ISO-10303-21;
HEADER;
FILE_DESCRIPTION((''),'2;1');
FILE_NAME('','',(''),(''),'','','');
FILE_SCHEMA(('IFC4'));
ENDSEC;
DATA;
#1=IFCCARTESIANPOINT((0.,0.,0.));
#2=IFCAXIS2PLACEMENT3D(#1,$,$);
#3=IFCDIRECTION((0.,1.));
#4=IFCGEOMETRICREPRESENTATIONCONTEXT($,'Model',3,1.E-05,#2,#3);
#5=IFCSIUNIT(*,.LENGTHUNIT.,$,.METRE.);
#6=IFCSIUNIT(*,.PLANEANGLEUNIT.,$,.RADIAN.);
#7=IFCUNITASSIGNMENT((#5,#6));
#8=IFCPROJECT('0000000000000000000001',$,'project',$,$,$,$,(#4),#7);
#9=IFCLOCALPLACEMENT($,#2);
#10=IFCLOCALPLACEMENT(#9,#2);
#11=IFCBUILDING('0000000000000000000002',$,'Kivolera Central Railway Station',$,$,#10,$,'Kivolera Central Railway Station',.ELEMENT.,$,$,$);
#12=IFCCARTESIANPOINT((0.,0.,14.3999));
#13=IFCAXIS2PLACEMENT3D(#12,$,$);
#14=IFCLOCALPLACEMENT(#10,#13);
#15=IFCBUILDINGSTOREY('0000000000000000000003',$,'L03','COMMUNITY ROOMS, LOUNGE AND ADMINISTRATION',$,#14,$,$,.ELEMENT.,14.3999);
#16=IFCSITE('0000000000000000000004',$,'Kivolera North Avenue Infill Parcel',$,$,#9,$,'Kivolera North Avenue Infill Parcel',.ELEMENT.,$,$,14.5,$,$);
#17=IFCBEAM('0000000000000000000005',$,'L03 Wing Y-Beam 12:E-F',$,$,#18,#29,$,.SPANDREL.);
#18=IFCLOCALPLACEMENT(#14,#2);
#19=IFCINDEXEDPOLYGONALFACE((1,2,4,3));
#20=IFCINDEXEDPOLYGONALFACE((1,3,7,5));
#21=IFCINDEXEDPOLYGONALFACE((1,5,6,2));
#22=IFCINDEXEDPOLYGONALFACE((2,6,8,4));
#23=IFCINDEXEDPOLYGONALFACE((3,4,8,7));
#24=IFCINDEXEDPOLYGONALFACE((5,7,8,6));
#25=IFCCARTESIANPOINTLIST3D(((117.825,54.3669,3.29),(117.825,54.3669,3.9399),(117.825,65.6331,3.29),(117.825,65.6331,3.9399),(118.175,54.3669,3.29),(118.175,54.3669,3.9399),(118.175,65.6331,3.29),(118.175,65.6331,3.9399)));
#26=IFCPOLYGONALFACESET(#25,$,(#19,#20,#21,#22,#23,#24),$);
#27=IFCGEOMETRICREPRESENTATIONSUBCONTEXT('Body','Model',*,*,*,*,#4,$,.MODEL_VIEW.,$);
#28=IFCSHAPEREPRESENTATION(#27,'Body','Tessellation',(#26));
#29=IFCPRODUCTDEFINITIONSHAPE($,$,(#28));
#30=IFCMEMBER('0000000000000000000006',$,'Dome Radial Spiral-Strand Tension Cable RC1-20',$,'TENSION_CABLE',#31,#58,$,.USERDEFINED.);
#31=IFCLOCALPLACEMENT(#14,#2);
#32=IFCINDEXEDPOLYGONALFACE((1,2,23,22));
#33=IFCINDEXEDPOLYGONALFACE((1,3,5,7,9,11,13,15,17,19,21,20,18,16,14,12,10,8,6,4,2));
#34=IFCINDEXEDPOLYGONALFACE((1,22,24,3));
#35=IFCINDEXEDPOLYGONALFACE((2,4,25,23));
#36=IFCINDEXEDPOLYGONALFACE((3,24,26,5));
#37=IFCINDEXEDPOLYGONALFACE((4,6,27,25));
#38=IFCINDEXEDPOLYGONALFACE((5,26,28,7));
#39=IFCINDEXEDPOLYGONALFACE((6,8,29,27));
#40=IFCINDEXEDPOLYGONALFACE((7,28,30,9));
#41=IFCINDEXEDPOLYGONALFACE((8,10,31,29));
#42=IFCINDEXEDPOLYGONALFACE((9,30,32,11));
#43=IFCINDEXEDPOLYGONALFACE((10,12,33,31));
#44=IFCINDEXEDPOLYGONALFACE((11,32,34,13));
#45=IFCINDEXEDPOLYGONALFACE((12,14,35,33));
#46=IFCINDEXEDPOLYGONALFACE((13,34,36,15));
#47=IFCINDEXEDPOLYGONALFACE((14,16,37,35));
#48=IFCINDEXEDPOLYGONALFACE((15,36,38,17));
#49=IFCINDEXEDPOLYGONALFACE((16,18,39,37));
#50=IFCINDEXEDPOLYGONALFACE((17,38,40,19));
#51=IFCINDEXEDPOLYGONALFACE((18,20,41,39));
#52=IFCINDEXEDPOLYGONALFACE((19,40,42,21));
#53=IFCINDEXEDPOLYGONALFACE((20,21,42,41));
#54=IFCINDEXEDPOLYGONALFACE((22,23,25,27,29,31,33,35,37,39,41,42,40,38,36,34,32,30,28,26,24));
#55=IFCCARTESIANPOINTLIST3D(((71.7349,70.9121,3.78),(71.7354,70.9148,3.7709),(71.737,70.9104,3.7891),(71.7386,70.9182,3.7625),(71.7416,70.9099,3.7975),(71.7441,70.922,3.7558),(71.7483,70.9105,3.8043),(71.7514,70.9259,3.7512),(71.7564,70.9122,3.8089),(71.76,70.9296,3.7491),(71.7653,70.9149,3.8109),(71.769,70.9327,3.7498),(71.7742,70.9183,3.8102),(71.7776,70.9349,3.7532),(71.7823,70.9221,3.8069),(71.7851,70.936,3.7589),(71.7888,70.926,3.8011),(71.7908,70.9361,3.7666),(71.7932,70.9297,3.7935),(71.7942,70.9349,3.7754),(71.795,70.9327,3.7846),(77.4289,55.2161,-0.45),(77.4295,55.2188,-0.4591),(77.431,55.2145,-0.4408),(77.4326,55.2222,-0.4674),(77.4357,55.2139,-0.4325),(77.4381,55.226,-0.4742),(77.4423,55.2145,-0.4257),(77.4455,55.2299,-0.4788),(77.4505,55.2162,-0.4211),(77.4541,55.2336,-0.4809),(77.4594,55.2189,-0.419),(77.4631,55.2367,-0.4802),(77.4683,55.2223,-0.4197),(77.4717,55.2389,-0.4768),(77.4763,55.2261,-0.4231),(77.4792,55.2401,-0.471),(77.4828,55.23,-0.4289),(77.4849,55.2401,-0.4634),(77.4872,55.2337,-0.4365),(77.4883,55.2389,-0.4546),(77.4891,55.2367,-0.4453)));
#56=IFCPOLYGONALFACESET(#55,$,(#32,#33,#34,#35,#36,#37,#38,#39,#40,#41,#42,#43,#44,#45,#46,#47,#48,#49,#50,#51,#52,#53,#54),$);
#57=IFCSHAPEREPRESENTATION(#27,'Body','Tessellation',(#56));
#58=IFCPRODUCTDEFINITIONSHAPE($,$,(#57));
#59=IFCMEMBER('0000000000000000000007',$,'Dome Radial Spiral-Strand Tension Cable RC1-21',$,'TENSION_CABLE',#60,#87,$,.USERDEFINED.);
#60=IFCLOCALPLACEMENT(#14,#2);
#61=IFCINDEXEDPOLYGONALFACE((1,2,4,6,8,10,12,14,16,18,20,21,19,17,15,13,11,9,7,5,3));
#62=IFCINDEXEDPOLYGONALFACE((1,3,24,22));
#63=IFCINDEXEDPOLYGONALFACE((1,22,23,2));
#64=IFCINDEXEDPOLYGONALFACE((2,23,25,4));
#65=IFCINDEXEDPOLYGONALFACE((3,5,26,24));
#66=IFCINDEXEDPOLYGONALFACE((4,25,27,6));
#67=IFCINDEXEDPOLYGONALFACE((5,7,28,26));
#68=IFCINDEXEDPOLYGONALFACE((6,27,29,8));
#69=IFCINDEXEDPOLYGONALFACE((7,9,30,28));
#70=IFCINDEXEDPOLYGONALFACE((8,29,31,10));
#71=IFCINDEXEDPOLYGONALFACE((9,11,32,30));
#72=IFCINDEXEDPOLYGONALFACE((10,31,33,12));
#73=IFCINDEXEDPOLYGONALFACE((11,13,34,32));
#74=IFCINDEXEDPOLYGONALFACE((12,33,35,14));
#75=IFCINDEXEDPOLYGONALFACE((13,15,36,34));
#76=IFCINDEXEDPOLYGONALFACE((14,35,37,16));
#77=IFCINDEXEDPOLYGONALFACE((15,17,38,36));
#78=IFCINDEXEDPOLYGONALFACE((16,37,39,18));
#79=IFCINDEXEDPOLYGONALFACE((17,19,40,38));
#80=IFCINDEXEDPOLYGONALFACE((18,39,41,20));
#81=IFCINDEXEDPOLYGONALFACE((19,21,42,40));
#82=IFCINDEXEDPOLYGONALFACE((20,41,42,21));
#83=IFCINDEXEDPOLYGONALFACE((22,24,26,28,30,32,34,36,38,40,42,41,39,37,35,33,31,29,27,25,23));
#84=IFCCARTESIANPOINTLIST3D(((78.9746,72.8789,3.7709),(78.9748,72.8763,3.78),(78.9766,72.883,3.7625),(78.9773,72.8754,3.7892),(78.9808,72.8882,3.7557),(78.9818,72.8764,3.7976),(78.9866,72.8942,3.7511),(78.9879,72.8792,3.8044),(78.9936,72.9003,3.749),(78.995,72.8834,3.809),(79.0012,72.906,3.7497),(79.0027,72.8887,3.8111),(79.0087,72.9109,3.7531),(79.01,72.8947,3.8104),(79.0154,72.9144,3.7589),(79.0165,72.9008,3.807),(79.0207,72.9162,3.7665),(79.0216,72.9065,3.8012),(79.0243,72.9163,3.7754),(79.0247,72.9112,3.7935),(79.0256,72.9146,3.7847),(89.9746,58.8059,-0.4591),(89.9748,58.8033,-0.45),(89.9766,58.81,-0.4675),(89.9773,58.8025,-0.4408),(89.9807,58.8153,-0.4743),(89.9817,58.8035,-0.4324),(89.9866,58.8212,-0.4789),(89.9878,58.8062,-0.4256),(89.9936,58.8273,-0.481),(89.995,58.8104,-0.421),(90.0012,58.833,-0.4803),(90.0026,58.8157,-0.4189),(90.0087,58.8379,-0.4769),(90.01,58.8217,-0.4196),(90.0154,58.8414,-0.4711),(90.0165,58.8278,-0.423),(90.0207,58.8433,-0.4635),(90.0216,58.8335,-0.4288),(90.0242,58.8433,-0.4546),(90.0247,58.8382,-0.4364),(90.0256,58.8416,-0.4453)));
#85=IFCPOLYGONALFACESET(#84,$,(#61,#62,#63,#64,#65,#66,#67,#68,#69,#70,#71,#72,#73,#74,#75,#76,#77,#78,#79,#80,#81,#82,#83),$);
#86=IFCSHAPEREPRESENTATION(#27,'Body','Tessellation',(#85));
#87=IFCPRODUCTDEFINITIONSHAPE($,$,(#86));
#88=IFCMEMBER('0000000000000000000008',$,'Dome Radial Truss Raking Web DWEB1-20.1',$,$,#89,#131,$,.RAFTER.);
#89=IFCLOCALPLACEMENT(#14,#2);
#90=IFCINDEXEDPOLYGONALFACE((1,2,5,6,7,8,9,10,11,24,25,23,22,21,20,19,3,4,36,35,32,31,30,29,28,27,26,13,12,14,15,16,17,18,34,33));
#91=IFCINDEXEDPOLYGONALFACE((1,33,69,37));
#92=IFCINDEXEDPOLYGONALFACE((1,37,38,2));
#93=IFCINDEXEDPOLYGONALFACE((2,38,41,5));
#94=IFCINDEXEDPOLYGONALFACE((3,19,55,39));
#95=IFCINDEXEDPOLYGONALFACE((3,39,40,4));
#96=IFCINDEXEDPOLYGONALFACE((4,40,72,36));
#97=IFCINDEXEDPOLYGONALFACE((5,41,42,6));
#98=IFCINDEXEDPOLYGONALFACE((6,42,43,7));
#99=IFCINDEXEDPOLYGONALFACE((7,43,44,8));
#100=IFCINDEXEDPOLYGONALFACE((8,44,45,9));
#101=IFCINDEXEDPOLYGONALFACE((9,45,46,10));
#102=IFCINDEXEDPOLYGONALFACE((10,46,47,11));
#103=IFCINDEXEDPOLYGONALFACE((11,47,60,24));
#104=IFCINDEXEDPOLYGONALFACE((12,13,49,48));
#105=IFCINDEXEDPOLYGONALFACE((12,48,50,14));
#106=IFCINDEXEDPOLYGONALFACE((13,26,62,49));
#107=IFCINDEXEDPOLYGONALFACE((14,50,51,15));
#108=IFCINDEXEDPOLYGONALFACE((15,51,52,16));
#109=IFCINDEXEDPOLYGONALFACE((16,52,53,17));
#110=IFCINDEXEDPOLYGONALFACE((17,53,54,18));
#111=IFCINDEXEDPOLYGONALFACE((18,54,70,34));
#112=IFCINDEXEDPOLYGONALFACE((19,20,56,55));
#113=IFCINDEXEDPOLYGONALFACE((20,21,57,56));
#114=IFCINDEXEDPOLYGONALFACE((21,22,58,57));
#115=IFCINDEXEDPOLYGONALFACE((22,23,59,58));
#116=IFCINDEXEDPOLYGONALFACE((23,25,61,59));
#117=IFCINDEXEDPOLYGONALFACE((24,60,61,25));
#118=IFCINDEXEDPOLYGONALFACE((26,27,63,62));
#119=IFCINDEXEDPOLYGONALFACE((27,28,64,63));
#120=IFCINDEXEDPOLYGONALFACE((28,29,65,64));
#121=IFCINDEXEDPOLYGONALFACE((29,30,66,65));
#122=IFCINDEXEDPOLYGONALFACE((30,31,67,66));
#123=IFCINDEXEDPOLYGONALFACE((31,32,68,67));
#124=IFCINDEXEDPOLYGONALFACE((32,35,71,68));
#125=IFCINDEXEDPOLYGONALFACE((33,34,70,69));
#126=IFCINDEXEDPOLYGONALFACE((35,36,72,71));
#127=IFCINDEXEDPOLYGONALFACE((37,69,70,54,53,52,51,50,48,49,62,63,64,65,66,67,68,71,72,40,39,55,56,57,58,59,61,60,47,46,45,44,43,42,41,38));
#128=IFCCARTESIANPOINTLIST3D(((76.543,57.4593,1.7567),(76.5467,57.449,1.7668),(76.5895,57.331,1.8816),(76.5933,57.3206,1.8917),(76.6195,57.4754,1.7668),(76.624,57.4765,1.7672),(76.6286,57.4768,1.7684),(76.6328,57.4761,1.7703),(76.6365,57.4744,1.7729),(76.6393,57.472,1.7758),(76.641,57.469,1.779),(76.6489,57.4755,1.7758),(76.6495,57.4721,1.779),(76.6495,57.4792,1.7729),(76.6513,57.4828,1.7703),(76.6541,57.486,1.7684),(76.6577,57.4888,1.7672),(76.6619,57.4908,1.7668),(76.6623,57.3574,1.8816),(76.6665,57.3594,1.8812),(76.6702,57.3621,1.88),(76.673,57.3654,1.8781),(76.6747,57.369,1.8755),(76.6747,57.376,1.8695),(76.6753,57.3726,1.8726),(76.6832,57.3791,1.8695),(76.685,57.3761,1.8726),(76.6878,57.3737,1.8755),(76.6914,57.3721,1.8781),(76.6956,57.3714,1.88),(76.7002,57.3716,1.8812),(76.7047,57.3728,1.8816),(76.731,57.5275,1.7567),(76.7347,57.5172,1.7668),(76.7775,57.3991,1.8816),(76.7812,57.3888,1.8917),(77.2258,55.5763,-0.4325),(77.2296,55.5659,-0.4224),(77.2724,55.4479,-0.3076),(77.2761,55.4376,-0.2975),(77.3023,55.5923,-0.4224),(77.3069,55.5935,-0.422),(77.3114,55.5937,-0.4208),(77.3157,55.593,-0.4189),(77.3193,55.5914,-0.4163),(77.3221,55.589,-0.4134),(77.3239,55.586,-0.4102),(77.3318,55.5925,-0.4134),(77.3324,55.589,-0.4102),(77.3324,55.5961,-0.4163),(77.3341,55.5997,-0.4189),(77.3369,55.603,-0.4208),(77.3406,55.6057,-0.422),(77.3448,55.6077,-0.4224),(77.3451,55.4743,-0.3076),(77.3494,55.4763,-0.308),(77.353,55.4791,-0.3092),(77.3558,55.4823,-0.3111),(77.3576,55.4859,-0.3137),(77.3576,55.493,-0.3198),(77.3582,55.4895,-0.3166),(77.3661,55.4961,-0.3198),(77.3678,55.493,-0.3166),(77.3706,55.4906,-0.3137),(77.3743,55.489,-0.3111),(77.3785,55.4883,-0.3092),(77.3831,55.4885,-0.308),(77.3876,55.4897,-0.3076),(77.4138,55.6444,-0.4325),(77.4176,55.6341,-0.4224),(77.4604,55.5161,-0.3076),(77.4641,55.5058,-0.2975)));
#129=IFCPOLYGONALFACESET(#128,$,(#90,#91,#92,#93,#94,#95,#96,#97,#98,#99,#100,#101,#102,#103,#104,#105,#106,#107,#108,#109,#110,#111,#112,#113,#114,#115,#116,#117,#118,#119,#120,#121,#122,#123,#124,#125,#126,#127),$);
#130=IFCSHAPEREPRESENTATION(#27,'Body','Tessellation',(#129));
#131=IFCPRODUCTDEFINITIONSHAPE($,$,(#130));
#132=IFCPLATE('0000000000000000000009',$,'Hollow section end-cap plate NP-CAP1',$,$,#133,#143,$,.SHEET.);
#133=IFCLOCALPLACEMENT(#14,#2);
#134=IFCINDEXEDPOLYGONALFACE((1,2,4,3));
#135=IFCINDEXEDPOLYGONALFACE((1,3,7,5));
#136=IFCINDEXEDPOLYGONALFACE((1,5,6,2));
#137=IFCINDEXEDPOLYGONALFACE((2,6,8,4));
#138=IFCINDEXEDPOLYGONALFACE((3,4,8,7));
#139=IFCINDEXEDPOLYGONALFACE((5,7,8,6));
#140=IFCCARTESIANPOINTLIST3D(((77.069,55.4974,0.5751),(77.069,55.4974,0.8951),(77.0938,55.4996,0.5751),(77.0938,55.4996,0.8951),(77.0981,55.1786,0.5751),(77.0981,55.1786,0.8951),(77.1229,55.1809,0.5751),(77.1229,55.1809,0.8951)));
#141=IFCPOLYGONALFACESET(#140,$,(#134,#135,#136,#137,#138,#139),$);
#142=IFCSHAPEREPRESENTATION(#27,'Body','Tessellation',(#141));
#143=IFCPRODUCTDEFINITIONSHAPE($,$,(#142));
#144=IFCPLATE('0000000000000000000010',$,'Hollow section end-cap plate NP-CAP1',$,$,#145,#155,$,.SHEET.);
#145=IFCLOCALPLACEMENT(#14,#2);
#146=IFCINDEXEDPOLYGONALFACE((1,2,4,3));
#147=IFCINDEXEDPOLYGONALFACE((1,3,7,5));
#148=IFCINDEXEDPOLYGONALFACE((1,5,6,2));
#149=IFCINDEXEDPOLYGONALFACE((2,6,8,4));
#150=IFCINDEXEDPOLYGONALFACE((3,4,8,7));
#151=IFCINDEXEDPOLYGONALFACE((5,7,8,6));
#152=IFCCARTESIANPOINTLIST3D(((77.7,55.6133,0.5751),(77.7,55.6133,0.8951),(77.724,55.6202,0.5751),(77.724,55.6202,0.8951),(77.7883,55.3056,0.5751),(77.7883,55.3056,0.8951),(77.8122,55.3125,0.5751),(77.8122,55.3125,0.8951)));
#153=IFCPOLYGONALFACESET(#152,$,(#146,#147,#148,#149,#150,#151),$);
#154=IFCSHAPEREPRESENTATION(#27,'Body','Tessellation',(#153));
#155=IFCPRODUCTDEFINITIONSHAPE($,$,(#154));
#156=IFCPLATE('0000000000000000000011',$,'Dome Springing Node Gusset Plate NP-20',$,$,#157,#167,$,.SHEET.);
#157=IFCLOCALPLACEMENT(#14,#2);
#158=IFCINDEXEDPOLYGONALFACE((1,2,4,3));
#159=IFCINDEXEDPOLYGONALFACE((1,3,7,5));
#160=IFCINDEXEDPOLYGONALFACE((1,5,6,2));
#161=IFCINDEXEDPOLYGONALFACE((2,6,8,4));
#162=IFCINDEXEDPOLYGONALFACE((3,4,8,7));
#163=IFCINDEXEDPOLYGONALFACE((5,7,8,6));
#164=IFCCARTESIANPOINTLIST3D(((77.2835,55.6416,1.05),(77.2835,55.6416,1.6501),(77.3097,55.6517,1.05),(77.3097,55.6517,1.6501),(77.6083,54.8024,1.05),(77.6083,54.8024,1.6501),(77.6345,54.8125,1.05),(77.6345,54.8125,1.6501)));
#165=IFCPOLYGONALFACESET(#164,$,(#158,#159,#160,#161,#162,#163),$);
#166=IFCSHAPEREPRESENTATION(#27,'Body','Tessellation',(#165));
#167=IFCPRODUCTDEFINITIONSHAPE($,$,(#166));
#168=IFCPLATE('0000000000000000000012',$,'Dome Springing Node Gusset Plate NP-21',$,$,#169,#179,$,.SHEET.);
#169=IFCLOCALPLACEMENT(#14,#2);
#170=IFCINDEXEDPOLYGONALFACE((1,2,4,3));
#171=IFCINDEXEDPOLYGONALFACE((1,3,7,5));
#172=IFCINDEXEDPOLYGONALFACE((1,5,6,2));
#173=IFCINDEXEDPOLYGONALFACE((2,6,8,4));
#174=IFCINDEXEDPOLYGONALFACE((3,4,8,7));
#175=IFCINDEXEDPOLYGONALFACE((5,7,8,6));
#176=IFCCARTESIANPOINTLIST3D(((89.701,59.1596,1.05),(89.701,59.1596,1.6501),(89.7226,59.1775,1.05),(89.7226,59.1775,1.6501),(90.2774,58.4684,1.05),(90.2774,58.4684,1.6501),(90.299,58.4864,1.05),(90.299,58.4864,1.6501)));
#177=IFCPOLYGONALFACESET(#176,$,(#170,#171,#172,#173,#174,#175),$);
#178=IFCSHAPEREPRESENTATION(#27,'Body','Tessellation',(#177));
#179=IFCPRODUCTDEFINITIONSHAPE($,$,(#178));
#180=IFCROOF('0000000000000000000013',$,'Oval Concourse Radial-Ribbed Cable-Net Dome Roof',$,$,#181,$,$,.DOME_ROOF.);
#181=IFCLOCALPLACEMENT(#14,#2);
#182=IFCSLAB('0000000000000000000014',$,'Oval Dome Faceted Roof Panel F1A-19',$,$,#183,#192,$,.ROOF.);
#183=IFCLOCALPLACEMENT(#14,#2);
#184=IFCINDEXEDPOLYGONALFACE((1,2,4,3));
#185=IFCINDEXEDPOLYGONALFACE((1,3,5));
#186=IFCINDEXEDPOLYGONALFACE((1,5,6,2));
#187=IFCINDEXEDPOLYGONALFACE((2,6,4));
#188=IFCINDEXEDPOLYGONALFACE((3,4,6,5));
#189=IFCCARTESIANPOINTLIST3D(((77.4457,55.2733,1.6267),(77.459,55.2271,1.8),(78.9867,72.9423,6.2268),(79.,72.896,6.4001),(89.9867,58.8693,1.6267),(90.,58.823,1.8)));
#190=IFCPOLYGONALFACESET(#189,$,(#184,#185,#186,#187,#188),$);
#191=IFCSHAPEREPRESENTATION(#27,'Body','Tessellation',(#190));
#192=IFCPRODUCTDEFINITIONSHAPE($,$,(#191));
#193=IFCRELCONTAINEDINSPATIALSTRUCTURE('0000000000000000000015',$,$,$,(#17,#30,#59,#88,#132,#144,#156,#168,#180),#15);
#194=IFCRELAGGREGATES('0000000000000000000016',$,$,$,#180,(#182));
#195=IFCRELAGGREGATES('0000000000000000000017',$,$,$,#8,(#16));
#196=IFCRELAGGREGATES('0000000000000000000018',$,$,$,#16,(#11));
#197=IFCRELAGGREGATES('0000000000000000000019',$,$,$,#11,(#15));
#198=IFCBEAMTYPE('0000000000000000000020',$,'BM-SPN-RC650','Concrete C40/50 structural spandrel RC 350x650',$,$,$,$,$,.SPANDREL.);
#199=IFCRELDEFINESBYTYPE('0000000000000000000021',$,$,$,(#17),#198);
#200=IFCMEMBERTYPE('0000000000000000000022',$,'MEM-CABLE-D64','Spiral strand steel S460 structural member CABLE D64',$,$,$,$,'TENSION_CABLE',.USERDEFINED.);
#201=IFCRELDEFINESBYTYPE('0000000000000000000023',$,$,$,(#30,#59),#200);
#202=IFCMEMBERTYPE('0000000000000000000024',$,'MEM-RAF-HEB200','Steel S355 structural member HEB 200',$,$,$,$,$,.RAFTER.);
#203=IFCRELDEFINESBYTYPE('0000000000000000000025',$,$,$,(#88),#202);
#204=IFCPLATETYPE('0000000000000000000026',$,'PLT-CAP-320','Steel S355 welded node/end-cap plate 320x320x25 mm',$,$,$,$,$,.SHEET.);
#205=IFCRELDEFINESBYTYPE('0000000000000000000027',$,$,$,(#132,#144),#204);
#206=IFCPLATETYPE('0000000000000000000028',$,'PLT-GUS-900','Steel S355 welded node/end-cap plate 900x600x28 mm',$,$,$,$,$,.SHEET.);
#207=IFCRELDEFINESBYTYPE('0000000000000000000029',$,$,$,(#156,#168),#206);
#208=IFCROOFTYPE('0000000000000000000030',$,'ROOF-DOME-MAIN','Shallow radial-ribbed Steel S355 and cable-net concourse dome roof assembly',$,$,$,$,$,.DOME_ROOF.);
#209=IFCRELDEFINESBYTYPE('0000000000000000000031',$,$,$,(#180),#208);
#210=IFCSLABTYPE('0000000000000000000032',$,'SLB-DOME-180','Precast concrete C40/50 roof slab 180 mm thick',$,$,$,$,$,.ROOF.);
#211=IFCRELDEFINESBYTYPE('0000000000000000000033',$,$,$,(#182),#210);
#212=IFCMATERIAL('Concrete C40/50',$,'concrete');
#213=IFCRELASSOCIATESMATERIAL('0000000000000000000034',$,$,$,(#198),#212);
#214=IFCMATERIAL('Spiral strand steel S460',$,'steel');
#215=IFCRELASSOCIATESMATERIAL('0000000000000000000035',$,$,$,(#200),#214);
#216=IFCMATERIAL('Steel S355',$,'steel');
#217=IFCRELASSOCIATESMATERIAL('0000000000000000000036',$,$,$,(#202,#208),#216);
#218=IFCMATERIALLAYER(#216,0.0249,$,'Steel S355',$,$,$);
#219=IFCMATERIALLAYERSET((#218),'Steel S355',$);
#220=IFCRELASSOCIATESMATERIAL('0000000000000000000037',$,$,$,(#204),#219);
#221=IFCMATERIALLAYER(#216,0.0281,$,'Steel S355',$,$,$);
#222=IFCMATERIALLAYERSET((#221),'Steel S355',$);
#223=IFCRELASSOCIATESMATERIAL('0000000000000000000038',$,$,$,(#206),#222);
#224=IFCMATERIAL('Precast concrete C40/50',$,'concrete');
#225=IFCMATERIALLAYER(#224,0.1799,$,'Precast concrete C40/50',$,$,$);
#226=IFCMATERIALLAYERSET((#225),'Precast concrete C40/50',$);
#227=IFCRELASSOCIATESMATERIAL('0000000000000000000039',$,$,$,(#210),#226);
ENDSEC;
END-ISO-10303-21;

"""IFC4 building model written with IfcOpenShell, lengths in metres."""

from ifc_helpers import new_model, si_unit, direction, frame, origin, origin_2d, place, context, subcontext, project, spatial, polyline, rectangle, circle, i_section, outline, extrude, material, layer, layer_set, material_profile, profile_set, type_object, element, aggregate, save


model = new_model("IFC4")

# Units and contexts
model_context = context("Model", 3, precision=1e-05, world=origin(), true_north=direction((0.0, 1.0)))
body_context = subcontext(model_context, "Body", "Model", "MODEL_VIEW")
ifc_project = project(units=[si_unit("LENGTHUNIT", "METRE"), si_unit("PLANEANGLEUNIT", "RADIAN")], contexts=[model_context])

# Site, building, storey
site_placement = place(None, origin())
site = spatial("IfcSite", under=ifc_project, at=site_placement, Name="Kivolera North Avenue Infill Parcel", LongName="Kivolera North Avenue Infill Parcel", CompositionType="ELEMENT", RefElevation=14.5)
building_placement = place(site_placement, origin())
building = spatial("IfcBuilding", under=site, at=building_placement, Name="Kivolera Central Railway Station", LongName="Kivolera Central Railway Station", CompositionType="ELEMENT")
storey_placement = place(building_placement, frame((0.0, 0.0, 14.3999)))
storey = spatial("IfcBuildingStorey", under=building, at=storey_placement, Name="L03", Description="COMMUNITY ROOMS, LOUNGE AND ADMINISTRATION", CompositionType="ELEMENT", Elevation=14.3999)

# Shared definitions
ifc_material_1 = material(Name="Concrete C40/50", Category="concrete")

# Beam
ifc_material_2 = material(Name="Steel S355", Category="steel")
ifc_material_profile_1 = material_profile(ifc_material_1, rectangle(XDim=0.3501, YDim=0.6499, at=origin_2d()), Name="RC 350x650")
ifc_profile_set_1 = profile_set([ifc_material_profile_1], Name="Concrete C40/50")
beam_type_1 = type_object("IfcBeamType", Name="BM-SPN-RC650", Description="Concrete C40/50 structural spandrel RC 350x650", PredefinedType="SPANDREL", material=ifc_profile_set_1)
beam_1_placement = place(storey_placement, frame((118.0, 54.3669, 3.615), z_axis=(0.0, 1.0, 0.0), x_axis=(-1.0, 0.0, 0.0)))
element("IfcBeam", 1, at=beam_1_placement, inside=storey, type_object=beam_type_1, Name="L03 Wing Y-Beam 12:E-F", PredefinedType="SPANDREL", context=body_context, shape_type="SweptSolid", body=[
    extrude(rectangle(XDim=0.3501, YDim=0.6499, at=origin_2d()), origin(), (0.0, 0.0, 1.0), 11.2661),
])

# Members
ifc_material_3 = material(Name="Spiral strand steel S460", Category="steel")
ifc_material_profile_2 = material_profile(ifc_material_3, circle(Radius=0.032, at=origin_2d()), Name="CABLE D64")
ifc_profile_set_2 = profile_set([ifc_material_profile_2], Name="Spiral strand steel S460")
member_type_1 = type_object("IfcMemberType", Name="MEM-CABLE-D64", Description="Spiral strand steel S460 structural member CABLE D64", ElementType="TENSION_CABLE", PredefinedType="USERDEFINED", material=ifc_profile_set_2)
member_1_placement = place(storey_placement, frame((77.459, 55.2271, -0.45), z_axis=(-0.330582, 0.911266, 0.24558), x_axis=(-0.940054, -0.341026, 0.0)))
element("IfcMember", 2, at=member_1_placement, inside=storey, type_object=member_type_1, Name="Dome Radial Spiral-Strand Tension Cable RC1-20", ObjectType="TENSION_CABLE", PredefinedType="USERDEFINED", context=body_context, shape_type="SweptSolid", body=[
    extrude(circle(Radius=0.032, at=origin_2d()), origin(), (0.0, 0.0, 1.0), 17.2244),
])
member_2_placement = place(storey_placement, frame((90.0, 58.823, -0.45), z_axis=(-0.59926, 0.766671, 0.230442), x_axis=(-0.787876, -0.615834, 0.0)))
element("IfcMember", 3, at=member_2_placement, inside=storey, type_object=member_type_1, Name="Dome Radial Spiral-Strand Tension Cable RC1-21", ObjectType="TENSION_CABLE", PredefinedType="USERDEFINED", context=body_context, shape_type="SweptSolid", body=[
    extrude(circle(Radius=0.032, at=origin_2d()), origin(), (0.0, 0.0, 1.0), 18.356),
])
ifc_material_profile_3 = material_profile(ifc_material_2, i_section(OverallWidth=0.2, OverallDepth=0.2, WebThickness=0.009, FlangeThickness=0.0149, FilletRadius=0.0181, at=origin_2d()), Name="HEB 200")
ifc_profile_set_3 = profile_set([ifc_material_profile_3], Name="Steel S355")
member_type_2 = type_object("IfcMemberType", Name="MEM-RAF-HEB200", Description="Steel S355 structural member HEB 200", PredefinedType="RAFTER", material=ifc_profile_set_3)
member_3_placement = place(storey_placement, frame((77.345, 55.541, -0.365), z_axis=(-0.230129, 0.634604, 0.737779), x_axis=(-0.940096, -0.340911, 0.0)))
element("IfcMember", 4, at=member_3_placement, inside=storey, type_object=member_type_2, Name="Dome Radial Truss Raking Web DWEB1-20.1", PredefinedType="RAFTER", context=body_context, shape_type="SweptSolid", body=[
    extrude(i_section(OverallWidth=0.2, OverallDepth=0.2, WebThickness=0.009, FlangeThickness=0.0149, FilletRadius=0.0181, at=origin_2d()), origin(), (0.0, 0.0, 1.0), 2.9673),
])

# Plates
ifc_layer_1 = layer(ifc_material_2, 0.0249, Name="Steel S355")
ifc_layer_set_1 = layer_set([ifc_layer_1], Name="Steel S355")
plate_type_1 = type_object("IfcPlateType", Name="PLT-CAP-320", Description="Steel S355 welded node/end-cap plate 320x320x25 mm", PredefinedType="SHEET", material=ifc_layer_set_1)
for number, where, z_axis, x_axis, name in (
    (5, (77.0959, 55.3391, 0.7351), (0.995874, 0.090747, 0.0), (-0.090747, 0.995874, 0.0), "Hollow section end-cap plate NP-CAP1"),
    (6, (77.7561, 55.4629, 0.7351), (0.961251, 0.275674, 0.0), (-0.275674, 0.961251, 0.0), "Hollow section end-cap plate NP-CAP1"),
):
    element("IfcPlate", number, at=place(storey_placement, frame(where, z_axis=z_axis, x_axis=x_axis)), inside=storey, type_object=plate_type_1, Name=name, PredefinedType="SHEET", context=body_context, shape_type="SweptSolid", body=[
        extrude(rectangle(XDim=0.3201, YDim=0.3201, at=origin_2d()), frame((0.0, 0.0, -0.0125)), (0.0, 0.0, 1.0), 0.0249),
    ])
ifc_layer_2 = layer(ifc_material_2, 0.0281, Name="Steel S355")
ifc_layer_set_2 = layer_set([ifc_layer_2], Name="Steel S355")
plate_type_2 = type_object("IfcPlateType", Name="PLT-GUS-900", Description="Steel S355 welded node/end-cap plate 900x600x28 mm", PredefinedType="SHEET", material=ifc_layer_set_2)
for number, where, z_axis, x_axis, name in (
    (7, (77.459, 55.2271, 1.05), (0.0, 0.0, 1.0), (0.360957, -0.932582, 0.0), "Dome Springing Node Gusset Plate NP-20"),
    (8, (90.0, 58.823, 1.05), (0.0, 0.0, 1.0), (0.640458, -0.767993, 0.0), "Dome Springing Node Gusset Plate NP-21"),
):
    element("IfcPlate", number, at=place(storey_placement, frame(where, z_axis=z_axis, x_axis=x_axis)), inside=storey, type_object=plate_type_2, Name=name, PredefinedType="SHEET", context=body_context, shape_type="SweptSolid", body=[
        extrude(rectangle(XDim=0.8999, YDim=0.0281, at=origin_2d()), origin(), (0.0, 0.0, 1.0), 0.6001),
    ])

# Roof, slab
roof_type = type_object("IfcRoofType", Name="ROOF-DOME-MAIN", Description="Shallow radial-ribbed Steel S355 and cable-net concourse dome roof assembly", PredefinedType="DOME_ROOF", material=ifc_material_2)
roof_placement = place(storey_placement, origin())
roof = element("IfcRoof", 9, at=roof_placement, inside=storey, type_object=roof_type, Name="Oval Concourse Radial-Ribbed Cable-Net Dome Roof", PredefinedType="DOME_ROOF")
ifc_material_4 = material(Name="Precast concrete C40/50", Category="concrete")
ifc_layer_3 = layer(ifc_material_4, 0.1799, Name="Precast concrete C40/50")
ifc_layer_set_3 = layer_set([ifc_layer_3], Name="Precast concrete C40/50")
slab_type = type_object("IfcSlabType", Name="SLB-DOME-180", Description="Precast concrete C40/50 roof slab 180 mm thick", PredefinedType="ROOF", material=ifc_layer_set_3)
slab_1_placement = place(storey_placement, frame((77.459, 55.2271, 1.8), z_axis=(0.073773, -0.257285, 0.963516), x_axis=(0.961264, 0.275628, 0.0)))
slab_1 = element("IfcSlab", 10, at=slab_1_placement, type_object=slab_type, Name="Oval Dome Faceted Roof Panel F1A-19", PredefinedType="ROOF", context=body_context, shape_type="SweptSolid", body=[
    extrude(outline(polyline([(0.0, 0.0), (13.0464, 0.0), (6.3514, 17.1868), (0.0, 0.0)])), origin(), (0.0, 0.0, -1.0), 0.1799),
])
aggregate(roof, [slab_1])

save(model, "model.ifc")
